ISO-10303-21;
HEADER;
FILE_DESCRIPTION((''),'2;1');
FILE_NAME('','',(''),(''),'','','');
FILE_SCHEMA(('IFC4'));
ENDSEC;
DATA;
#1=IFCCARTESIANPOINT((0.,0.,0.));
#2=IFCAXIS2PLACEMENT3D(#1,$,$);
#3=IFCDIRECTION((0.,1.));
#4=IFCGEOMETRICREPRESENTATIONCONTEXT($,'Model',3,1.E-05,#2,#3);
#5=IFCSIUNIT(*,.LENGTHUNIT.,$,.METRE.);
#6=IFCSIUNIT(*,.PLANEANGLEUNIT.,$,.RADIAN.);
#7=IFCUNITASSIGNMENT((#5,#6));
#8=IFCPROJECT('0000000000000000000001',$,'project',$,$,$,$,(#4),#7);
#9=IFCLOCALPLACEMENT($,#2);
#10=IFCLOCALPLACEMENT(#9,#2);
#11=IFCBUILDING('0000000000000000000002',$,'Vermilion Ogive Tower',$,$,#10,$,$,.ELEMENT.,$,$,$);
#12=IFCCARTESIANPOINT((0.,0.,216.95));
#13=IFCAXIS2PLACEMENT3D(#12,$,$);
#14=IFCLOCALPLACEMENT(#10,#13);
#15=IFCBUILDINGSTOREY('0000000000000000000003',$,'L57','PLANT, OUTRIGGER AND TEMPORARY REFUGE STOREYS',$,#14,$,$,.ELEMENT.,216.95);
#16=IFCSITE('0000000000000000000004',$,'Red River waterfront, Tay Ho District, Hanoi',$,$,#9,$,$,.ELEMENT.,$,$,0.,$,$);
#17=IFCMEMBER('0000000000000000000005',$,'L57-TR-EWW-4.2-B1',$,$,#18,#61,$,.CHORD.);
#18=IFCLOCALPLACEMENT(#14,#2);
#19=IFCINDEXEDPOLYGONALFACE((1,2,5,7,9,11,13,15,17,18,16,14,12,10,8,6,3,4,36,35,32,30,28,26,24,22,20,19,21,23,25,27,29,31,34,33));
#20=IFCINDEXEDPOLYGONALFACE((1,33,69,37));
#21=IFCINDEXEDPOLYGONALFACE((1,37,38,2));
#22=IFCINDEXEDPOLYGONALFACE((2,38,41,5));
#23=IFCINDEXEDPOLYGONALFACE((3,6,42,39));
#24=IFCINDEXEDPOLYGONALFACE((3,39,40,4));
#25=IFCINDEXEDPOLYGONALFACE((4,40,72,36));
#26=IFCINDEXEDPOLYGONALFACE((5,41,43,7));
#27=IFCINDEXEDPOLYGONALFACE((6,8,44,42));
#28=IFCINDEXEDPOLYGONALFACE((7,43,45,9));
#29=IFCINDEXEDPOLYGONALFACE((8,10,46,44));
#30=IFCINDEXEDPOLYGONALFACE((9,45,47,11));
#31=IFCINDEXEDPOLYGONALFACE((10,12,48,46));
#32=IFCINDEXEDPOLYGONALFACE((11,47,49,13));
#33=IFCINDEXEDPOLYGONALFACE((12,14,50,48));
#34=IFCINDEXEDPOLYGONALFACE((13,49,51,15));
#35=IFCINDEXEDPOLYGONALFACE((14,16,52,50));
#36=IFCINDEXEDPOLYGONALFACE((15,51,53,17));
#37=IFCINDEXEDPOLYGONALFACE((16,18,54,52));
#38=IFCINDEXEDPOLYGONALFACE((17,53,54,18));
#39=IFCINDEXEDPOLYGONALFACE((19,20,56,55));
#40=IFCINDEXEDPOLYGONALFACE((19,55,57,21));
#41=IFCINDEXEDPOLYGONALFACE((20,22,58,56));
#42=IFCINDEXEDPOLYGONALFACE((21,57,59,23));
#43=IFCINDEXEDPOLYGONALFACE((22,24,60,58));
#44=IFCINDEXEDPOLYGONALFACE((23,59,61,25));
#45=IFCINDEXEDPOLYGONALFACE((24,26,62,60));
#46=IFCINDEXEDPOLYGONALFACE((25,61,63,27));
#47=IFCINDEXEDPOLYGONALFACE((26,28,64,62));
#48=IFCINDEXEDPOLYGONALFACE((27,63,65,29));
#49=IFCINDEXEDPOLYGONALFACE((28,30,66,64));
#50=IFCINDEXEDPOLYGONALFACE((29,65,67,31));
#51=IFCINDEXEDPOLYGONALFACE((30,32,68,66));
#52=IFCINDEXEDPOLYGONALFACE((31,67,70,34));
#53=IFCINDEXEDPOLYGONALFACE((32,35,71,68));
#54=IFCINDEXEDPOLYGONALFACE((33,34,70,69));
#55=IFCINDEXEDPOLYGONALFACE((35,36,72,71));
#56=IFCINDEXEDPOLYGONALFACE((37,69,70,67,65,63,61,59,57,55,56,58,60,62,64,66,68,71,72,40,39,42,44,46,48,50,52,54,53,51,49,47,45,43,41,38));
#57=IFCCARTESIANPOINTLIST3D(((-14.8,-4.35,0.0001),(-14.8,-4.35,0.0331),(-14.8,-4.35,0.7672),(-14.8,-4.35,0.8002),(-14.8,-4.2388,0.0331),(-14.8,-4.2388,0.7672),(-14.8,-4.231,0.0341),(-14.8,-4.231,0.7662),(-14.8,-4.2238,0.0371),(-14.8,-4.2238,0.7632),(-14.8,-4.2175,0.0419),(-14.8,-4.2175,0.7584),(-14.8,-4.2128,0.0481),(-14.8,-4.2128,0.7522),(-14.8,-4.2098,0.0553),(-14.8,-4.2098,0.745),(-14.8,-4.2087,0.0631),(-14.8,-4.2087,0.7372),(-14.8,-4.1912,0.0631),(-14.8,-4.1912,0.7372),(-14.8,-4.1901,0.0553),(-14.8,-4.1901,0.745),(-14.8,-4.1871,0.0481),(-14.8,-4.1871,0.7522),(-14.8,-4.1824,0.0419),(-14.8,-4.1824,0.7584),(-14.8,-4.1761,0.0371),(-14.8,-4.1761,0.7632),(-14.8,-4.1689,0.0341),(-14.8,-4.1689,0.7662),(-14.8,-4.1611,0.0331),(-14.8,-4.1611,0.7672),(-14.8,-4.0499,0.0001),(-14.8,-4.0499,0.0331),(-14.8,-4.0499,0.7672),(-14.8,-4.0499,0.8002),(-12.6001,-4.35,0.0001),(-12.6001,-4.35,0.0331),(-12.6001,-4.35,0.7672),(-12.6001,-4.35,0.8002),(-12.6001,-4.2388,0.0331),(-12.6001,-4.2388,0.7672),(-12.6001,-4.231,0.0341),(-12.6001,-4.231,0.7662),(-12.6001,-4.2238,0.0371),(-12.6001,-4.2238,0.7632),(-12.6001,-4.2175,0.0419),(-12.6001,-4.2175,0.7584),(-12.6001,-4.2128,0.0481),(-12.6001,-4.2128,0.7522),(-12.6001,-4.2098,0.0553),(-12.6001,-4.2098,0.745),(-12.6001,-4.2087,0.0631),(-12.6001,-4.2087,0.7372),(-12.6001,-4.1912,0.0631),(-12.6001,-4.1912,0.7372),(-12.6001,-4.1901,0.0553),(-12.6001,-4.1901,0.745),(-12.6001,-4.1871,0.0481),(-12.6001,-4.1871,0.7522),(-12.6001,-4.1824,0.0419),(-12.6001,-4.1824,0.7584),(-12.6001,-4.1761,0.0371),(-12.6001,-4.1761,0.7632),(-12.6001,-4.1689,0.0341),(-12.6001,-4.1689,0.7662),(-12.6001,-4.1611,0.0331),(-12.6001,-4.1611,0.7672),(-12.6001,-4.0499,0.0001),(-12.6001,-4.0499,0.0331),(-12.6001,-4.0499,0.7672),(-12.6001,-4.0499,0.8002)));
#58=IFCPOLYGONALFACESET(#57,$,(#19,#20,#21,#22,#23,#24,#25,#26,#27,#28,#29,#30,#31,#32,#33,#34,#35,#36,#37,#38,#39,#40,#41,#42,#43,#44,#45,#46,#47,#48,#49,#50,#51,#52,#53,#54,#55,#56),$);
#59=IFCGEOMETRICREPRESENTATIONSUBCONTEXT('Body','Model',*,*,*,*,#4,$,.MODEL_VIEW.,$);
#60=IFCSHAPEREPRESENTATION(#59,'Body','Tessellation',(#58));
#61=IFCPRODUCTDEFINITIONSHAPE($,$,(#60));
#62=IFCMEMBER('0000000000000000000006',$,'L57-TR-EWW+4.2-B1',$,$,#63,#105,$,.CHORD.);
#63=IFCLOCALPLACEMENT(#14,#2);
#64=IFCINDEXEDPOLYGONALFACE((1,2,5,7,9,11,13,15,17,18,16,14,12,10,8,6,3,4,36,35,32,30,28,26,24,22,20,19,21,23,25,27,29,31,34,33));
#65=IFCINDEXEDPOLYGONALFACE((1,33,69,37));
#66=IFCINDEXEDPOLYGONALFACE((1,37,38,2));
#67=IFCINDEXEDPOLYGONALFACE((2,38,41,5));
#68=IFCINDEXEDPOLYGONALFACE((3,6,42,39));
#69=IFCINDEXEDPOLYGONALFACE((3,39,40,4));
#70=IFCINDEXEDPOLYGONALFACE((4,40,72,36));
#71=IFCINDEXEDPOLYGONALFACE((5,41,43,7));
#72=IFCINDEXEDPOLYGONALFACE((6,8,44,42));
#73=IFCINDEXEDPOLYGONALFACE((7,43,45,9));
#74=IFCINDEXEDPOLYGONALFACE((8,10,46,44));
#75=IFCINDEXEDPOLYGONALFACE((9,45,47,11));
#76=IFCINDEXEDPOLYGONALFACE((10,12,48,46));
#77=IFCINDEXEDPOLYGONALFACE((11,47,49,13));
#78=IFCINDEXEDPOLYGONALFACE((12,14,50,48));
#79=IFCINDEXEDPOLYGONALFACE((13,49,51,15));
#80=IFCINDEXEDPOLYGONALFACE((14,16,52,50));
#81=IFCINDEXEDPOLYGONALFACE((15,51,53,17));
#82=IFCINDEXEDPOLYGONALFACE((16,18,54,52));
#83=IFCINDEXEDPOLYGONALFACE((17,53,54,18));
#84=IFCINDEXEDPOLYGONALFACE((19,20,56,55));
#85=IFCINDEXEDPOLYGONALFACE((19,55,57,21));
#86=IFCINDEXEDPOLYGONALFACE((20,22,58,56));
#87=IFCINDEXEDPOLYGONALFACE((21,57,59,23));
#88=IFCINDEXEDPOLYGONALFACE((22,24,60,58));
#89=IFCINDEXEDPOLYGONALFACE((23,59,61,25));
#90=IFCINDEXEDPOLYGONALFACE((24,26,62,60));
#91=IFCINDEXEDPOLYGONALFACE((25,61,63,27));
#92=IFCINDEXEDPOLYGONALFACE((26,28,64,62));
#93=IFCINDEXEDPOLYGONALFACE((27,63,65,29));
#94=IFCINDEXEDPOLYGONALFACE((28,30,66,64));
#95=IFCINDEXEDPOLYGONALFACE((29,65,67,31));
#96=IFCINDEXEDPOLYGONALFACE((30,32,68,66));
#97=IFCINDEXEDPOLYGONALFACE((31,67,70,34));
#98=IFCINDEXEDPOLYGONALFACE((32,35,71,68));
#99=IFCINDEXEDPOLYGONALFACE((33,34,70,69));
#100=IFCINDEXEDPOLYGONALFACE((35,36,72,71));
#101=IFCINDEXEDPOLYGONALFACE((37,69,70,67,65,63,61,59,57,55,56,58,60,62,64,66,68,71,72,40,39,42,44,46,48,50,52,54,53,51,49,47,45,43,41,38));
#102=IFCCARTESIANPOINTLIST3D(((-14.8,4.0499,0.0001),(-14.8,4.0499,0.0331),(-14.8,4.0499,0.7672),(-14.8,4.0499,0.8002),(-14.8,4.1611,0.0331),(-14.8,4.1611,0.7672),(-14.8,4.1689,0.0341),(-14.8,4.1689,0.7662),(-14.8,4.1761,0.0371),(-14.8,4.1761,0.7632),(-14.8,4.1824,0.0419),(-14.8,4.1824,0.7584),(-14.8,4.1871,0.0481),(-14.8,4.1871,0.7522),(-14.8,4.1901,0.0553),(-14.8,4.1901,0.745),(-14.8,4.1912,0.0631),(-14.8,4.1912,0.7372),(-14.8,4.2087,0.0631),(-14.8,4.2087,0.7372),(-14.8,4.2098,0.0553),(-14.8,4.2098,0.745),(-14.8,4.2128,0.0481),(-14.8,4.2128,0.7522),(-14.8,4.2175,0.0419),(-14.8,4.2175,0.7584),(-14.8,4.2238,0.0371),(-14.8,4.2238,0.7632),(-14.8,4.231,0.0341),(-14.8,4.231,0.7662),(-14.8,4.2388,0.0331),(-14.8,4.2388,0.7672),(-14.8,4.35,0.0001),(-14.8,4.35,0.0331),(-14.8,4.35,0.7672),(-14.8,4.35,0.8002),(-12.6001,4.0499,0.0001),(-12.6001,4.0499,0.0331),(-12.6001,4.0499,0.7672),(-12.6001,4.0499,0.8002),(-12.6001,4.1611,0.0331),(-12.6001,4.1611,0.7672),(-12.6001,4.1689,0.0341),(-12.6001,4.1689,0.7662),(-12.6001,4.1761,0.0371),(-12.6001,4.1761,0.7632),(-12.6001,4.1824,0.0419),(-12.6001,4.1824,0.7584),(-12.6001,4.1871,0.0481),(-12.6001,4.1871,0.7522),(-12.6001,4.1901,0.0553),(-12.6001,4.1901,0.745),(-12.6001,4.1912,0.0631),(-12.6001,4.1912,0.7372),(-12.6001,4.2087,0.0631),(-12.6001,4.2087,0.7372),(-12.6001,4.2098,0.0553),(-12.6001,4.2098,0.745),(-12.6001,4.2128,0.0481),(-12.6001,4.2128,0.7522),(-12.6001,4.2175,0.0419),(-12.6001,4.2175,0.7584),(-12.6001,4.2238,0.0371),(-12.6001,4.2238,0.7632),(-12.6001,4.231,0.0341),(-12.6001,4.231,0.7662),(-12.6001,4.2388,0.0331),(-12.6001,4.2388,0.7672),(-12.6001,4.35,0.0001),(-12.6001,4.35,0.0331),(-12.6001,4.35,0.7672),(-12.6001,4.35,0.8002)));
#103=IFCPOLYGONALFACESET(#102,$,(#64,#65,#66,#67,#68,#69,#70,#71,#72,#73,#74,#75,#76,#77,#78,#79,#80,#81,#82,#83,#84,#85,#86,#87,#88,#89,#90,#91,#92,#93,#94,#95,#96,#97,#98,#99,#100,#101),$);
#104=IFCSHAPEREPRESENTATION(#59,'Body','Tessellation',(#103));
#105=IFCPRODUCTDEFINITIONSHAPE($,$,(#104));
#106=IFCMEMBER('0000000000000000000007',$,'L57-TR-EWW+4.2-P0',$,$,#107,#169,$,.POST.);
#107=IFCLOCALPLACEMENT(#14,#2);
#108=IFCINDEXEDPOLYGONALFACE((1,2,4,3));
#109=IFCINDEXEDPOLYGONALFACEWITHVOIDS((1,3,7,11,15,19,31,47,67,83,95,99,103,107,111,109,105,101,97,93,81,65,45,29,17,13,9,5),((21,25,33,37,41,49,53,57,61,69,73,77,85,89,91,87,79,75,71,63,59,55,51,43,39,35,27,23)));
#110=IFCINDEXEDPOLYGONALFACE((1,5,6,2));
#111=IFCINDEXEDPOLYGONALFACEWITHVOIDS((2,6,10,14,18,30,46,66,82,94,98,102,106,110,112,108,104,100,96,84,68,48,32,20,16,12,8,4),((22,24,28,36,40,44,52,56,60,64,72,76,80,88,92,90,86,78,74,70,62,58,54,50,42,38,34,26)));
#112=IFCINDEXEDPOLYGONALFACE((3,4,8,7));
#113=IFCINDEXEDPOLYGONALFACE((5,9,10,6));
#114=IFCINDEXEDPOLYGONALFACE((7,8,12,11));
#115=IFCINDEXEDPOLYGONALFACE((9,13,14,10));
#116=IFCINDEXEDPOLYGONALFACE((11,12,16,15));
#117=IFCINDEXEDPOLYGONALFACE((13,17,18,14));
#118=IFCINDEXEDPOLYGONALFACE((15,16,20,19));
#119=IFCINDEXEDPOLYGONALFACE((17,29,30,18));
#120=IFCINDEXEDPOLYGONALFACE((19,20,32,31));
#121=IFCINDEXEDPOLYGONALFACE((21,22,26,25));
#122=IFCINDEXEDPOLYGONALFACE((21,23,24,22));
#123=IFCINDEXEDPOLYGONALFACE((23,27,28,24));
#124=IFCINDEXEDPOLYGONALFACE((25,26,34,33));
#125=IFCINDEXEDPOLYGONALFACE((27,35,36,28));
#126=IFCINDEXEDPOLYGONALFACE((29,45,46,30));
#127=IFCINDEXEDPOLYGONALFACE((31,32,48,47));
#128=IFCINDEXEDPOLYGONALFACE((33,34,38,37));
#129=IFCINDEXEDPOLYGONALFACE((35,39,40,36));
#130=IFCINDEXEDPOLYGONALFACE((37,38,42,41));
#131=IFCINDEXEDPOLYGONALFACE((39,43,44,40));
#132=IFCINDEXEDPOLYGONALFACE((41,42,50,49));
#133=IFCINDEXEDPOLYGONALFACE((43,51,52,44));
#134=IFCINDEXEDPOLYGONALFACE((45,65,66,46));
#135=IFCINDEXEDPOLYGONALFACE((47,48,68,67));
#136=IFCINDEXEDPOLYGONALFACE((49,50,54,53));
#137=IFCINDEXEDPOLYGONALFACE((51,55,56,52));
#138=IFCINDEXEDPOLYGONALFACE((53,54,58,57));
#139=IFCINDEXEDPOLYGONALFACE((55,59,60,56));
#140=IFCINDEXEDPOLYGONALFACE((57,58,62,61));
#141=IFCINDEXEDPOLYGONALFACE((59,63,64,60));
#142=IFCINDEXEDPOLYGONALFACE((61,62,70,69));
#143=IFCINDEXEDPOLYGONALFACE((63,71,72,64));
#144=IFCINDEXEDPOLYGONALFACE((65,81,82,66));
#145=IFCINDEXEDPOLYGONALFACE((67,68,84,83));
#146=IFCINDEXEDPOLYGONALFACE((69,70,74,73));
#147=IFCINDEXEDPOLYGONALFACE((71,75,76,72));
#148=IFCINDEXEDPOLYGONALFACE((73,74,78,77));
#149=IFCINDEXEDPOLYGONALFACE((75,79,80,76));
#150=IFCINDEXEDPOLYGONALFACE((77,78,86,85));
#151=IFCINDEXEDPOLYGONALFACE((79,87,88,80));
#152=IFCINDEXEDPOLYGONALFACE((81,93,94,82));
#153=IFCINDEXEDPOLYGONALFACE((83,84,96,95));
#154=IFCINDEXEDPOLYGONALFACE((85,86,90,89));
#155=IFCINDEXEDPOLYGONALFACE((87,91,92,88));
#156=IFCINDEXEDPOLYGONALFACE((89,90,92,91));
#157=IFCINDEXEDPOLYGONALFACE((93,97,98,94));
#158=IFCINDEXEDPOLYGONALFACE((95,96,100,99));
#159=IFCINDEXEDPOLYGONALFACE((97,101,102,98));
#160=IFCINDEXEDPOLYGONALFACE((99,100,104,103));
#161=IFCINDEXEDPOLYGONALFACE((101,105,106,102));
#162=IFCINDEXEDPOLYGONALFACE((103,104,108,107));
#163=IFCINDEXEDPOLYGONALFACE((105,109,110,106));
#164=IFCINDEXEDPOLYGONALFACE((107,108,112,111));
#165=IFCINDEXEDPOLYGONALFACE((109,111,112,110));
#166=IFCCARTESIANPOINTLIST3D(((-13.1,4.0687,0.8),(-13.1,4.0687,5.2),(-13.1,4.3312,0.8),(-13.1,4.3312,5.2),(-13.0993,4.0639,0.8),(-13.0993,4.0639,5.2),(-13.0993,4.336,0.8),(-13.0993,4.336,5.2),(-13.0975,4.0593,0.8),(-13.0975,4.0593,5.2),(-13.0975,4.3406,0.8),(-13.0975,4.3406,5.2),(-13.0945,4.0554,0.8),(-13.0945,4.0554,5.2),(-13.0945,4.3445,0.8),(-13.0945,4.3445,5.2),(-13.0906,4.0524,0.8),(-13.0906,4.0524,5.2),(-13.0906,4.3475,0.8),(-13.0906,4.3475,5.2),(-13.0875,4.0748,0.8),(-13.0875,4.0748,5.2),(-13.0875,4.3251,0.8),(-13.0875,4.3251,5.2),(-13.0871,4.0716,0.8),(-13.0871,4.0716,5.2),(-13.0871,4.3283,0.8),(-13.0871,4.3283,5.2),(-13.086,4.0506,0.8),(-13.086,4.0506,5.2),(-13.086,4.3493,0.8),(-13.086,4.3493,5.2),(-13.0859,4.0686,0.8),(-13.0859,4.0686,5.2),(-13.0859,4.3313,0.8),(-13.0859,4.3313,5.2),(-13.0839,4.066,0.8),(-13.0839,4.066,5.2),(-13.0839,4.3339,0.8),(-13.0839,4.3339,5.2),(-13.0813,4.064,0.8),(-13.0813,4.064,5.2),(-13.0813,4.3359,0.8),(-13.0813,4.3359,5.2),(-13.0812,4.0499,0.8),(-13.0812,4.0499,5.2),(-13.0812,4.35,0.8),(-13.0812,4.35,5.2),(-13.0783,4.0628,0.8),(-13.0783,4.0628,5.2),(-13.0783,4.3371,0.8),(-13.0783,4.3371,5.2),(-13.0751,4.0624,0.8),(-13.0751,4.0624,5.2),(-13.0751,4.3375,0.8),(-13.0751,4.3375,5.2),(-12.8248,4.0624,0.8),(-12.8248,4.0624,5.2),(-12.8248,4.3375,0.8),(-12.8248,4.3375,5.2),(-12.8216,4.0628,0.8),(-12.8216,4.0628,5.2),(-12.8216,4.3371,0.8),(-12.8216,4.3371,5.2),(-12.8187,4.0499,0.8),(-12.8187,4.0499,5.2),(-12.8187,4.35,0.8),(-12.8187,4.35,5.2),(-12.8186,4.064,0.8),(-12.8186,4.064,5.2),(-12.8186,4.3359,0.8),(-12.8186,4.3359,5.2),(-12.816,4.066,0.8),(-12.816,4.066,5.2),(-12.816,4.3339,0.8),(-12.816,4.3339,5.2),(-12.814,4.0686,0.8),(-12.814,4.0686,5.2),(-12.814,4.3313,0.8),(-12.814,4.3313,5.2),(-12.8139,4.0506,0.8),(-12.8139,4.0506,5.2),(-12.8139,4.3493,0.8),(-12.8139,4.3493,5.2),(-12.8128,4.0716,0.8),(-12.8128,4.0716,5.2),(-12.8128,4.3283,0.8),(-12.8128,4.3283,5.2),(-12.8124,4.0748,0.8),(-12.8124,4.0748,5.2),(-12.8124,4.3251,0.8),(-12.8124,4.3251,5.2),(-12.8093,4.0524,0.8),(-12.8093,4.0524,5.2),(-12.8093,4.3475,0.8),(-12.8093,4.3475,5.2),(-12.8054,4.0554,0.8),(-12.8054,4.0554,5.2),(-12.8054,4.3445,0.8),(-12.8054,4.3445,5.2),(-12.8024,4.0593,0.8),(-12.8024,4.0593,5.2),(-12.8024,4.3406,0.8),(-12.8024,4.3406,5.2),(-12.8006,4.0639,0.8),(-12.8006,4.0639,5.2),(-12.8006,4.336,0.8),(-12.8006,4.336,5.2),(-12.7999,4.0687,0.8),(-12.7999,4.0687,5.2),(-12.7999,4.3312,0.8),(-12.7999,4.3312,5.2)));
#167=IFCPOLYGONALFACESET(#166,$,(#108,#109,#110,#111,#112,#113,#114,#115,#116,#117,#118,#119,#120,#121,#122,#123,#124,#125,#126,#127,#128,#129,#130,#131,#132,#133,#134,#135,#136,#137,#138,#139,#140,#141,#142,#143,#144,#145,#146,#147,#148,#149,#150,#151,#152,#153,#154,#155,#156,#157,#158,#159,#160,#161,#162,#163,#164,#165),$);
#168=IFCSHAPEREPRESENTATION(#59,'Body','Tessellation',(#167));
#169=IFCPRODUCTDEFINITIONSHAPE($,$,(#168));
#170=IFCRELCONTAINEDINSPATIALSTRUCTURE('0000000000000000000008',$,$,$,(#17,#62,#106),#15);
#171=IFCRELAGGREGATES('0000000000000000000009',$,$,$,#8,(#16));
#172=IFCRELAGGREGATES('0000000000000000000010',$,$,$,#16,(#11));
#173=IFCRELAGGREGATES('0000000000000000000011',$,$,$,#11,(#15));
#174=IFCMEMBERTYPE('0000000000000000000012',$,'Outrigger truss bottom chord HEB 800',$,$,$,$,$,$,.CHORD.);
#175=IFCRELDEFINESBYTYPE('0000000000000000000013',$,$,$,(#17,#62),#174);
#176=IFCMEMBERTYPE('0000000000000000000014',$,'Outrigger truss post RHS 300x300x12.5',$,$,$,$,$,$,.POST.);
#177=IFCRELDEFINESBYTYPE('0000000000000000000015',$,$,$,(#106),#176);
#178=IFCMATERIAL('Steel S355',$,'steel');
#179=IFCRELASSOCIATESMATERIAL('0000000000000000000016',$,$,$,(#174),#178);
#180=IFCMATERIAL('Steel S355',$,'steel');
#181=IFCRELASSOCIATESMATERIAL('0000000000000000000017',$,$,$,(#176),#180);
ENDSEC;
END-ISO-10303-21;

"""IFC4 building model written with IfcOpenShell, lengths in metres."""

from ifc_helpers import new_model, si_unit, direction, frame, origin, origin_2d, place, context, subcontext, project, spatial, hollow_rectangle, i_section, extrude, material, material_profile, profile_set, type_object, element, save


model = new_model("IFC4")

# Units and contexts
model_context = context("Model", 3, precision=1e-05, world=origin(), true_north=direction((0.0, 1.0)))
body_context = subcontext(model_context, "Body", "Model", "MODEL_VIEW")
ifc_project = project(units=[si_unit("LENGTHUNIT", "METRE"), si_unit("PLANEANGLEUNIT", "RADIAN")], contexts=[model_context])

# Site, building, storey
site_placement = place(None, origin())
site = spatial("IfcSite", under=ifc_project, at=site_placement, Name="Red River waterfront, Tay Ho District, Hanoi", CompositionType="ELEMENT", RefElevation=0.0)
building_placement = place(site_placement, origin())
building = spatial("IfcBuilding", under=site, at=building_placement, Name="Vermilion Ogive Tower", CompositionType="ELEMENT")
storey_placement = place(building_placement, frame((0.0, 0.0, 216.95)))
storey = spatial("IfcBuildingStorey", under=building, at=storey_placement, Name="L57", Description="PLANT, OUTRIGGER AND TEMPORARY REFUGE STOREYS", CompositionType="ELEMENT", Elevation=216.95)

# Members
ifc_material_1 = material(Name="Steel S355", Category="steel")
ifc_material_profile_1 = material_profile(ifc_material_1, i_section(OverallWidth=0.3, OverallDepth=0.8, WebThickness=0.0176, FlangeThickness=0.033, FilletRadius=0.03, at=origin_2d()), Name="HEB 800")
ifc_profile_set_1 = profile_set([ifc_material_profile_1], Name="Steel S355")
member_type_1 = type_object("IfcMemberType", Name="Outrigger truss bottom chord HEB 800", PredefinedType="CHORD", material=ifc_profile_set_1)
for number, where, z_axis, x_axis, name in (
    (1, (-12.6001, -4.2, 0.4001), (-1.0, 0.0, 0.0), (0.0, -1.0, 0.0), "L57-TR-EWW-4.2-B1"),
    (2, (-12.6001, 4.2, 0.4001), (-1.0, 0.0, 0.0), (0.0, -1.0, 0.0), "L57-TR-EWW+4.2-B1"),
):
    element("IfcMember", number, at=place(storey_placement, frame(where, z_axis=z_axis, x_axis=x_axis)), inside=storey, type_object=member_type_1, Name=name, PredefinedType="CHORD", context=body_context, shape_type="SweptSolid", body=[
        extrude(i_section(OverallWidth=0.3, OverallDepth=0.8, WebThickness=0.0176, FlangeThickness=0.033, FilletRadius=0.03, at=origin_2d()), origin(), (0.0, 0.0, 1.0), 2.2),
    ])
ifc_material_2 = material(Name="Steel S355", Category="steel")
ifc_material_profile_2 = material_profile(ifc_material_2, hollow_rectangle(XDim=0.3, YDim=0.3, WallThickness=0.0125, InnerFilletRadius=0.0125, OuterFilletRadius=0.0188, at=origin_2d()), Name="RHS 300x300x12.5")
ifc_profile_set_2 = profile_set([ifc_material_profile_2], Name="Steel S355")
member_type_2 = type_object("IfcMemberType", Name="Outrigger truss post RHS 300x300x12.5", PredefinedType="POST", material=ifc_profile_set_2)
member_placement = place(storey_placement, frame((-12.95, 4.2, 0.8), z_axis=(0.0, 0.0, 1.0), x_axis=(1.0, 0.0, 0.0)))
element("IfcMember", 3, at=member_placement, inside=storey, type_object=member_type_2, Name="L57-TR-EWW+4.2-P0", PredefinedType="POST", context=body_context, shape_type="SweptSolid", body=[
    extrude(hollow_rectangle(XDim=0.3, YDim=0.3, WallThickness=0.0125, InnerFilletRadius=0.0125, OuterFilletRadius=0.0188, at=origin_2d()), origin(), (0.0, 0.0, 1.0), 4.3999),
])

save(model, "model.ifc")
